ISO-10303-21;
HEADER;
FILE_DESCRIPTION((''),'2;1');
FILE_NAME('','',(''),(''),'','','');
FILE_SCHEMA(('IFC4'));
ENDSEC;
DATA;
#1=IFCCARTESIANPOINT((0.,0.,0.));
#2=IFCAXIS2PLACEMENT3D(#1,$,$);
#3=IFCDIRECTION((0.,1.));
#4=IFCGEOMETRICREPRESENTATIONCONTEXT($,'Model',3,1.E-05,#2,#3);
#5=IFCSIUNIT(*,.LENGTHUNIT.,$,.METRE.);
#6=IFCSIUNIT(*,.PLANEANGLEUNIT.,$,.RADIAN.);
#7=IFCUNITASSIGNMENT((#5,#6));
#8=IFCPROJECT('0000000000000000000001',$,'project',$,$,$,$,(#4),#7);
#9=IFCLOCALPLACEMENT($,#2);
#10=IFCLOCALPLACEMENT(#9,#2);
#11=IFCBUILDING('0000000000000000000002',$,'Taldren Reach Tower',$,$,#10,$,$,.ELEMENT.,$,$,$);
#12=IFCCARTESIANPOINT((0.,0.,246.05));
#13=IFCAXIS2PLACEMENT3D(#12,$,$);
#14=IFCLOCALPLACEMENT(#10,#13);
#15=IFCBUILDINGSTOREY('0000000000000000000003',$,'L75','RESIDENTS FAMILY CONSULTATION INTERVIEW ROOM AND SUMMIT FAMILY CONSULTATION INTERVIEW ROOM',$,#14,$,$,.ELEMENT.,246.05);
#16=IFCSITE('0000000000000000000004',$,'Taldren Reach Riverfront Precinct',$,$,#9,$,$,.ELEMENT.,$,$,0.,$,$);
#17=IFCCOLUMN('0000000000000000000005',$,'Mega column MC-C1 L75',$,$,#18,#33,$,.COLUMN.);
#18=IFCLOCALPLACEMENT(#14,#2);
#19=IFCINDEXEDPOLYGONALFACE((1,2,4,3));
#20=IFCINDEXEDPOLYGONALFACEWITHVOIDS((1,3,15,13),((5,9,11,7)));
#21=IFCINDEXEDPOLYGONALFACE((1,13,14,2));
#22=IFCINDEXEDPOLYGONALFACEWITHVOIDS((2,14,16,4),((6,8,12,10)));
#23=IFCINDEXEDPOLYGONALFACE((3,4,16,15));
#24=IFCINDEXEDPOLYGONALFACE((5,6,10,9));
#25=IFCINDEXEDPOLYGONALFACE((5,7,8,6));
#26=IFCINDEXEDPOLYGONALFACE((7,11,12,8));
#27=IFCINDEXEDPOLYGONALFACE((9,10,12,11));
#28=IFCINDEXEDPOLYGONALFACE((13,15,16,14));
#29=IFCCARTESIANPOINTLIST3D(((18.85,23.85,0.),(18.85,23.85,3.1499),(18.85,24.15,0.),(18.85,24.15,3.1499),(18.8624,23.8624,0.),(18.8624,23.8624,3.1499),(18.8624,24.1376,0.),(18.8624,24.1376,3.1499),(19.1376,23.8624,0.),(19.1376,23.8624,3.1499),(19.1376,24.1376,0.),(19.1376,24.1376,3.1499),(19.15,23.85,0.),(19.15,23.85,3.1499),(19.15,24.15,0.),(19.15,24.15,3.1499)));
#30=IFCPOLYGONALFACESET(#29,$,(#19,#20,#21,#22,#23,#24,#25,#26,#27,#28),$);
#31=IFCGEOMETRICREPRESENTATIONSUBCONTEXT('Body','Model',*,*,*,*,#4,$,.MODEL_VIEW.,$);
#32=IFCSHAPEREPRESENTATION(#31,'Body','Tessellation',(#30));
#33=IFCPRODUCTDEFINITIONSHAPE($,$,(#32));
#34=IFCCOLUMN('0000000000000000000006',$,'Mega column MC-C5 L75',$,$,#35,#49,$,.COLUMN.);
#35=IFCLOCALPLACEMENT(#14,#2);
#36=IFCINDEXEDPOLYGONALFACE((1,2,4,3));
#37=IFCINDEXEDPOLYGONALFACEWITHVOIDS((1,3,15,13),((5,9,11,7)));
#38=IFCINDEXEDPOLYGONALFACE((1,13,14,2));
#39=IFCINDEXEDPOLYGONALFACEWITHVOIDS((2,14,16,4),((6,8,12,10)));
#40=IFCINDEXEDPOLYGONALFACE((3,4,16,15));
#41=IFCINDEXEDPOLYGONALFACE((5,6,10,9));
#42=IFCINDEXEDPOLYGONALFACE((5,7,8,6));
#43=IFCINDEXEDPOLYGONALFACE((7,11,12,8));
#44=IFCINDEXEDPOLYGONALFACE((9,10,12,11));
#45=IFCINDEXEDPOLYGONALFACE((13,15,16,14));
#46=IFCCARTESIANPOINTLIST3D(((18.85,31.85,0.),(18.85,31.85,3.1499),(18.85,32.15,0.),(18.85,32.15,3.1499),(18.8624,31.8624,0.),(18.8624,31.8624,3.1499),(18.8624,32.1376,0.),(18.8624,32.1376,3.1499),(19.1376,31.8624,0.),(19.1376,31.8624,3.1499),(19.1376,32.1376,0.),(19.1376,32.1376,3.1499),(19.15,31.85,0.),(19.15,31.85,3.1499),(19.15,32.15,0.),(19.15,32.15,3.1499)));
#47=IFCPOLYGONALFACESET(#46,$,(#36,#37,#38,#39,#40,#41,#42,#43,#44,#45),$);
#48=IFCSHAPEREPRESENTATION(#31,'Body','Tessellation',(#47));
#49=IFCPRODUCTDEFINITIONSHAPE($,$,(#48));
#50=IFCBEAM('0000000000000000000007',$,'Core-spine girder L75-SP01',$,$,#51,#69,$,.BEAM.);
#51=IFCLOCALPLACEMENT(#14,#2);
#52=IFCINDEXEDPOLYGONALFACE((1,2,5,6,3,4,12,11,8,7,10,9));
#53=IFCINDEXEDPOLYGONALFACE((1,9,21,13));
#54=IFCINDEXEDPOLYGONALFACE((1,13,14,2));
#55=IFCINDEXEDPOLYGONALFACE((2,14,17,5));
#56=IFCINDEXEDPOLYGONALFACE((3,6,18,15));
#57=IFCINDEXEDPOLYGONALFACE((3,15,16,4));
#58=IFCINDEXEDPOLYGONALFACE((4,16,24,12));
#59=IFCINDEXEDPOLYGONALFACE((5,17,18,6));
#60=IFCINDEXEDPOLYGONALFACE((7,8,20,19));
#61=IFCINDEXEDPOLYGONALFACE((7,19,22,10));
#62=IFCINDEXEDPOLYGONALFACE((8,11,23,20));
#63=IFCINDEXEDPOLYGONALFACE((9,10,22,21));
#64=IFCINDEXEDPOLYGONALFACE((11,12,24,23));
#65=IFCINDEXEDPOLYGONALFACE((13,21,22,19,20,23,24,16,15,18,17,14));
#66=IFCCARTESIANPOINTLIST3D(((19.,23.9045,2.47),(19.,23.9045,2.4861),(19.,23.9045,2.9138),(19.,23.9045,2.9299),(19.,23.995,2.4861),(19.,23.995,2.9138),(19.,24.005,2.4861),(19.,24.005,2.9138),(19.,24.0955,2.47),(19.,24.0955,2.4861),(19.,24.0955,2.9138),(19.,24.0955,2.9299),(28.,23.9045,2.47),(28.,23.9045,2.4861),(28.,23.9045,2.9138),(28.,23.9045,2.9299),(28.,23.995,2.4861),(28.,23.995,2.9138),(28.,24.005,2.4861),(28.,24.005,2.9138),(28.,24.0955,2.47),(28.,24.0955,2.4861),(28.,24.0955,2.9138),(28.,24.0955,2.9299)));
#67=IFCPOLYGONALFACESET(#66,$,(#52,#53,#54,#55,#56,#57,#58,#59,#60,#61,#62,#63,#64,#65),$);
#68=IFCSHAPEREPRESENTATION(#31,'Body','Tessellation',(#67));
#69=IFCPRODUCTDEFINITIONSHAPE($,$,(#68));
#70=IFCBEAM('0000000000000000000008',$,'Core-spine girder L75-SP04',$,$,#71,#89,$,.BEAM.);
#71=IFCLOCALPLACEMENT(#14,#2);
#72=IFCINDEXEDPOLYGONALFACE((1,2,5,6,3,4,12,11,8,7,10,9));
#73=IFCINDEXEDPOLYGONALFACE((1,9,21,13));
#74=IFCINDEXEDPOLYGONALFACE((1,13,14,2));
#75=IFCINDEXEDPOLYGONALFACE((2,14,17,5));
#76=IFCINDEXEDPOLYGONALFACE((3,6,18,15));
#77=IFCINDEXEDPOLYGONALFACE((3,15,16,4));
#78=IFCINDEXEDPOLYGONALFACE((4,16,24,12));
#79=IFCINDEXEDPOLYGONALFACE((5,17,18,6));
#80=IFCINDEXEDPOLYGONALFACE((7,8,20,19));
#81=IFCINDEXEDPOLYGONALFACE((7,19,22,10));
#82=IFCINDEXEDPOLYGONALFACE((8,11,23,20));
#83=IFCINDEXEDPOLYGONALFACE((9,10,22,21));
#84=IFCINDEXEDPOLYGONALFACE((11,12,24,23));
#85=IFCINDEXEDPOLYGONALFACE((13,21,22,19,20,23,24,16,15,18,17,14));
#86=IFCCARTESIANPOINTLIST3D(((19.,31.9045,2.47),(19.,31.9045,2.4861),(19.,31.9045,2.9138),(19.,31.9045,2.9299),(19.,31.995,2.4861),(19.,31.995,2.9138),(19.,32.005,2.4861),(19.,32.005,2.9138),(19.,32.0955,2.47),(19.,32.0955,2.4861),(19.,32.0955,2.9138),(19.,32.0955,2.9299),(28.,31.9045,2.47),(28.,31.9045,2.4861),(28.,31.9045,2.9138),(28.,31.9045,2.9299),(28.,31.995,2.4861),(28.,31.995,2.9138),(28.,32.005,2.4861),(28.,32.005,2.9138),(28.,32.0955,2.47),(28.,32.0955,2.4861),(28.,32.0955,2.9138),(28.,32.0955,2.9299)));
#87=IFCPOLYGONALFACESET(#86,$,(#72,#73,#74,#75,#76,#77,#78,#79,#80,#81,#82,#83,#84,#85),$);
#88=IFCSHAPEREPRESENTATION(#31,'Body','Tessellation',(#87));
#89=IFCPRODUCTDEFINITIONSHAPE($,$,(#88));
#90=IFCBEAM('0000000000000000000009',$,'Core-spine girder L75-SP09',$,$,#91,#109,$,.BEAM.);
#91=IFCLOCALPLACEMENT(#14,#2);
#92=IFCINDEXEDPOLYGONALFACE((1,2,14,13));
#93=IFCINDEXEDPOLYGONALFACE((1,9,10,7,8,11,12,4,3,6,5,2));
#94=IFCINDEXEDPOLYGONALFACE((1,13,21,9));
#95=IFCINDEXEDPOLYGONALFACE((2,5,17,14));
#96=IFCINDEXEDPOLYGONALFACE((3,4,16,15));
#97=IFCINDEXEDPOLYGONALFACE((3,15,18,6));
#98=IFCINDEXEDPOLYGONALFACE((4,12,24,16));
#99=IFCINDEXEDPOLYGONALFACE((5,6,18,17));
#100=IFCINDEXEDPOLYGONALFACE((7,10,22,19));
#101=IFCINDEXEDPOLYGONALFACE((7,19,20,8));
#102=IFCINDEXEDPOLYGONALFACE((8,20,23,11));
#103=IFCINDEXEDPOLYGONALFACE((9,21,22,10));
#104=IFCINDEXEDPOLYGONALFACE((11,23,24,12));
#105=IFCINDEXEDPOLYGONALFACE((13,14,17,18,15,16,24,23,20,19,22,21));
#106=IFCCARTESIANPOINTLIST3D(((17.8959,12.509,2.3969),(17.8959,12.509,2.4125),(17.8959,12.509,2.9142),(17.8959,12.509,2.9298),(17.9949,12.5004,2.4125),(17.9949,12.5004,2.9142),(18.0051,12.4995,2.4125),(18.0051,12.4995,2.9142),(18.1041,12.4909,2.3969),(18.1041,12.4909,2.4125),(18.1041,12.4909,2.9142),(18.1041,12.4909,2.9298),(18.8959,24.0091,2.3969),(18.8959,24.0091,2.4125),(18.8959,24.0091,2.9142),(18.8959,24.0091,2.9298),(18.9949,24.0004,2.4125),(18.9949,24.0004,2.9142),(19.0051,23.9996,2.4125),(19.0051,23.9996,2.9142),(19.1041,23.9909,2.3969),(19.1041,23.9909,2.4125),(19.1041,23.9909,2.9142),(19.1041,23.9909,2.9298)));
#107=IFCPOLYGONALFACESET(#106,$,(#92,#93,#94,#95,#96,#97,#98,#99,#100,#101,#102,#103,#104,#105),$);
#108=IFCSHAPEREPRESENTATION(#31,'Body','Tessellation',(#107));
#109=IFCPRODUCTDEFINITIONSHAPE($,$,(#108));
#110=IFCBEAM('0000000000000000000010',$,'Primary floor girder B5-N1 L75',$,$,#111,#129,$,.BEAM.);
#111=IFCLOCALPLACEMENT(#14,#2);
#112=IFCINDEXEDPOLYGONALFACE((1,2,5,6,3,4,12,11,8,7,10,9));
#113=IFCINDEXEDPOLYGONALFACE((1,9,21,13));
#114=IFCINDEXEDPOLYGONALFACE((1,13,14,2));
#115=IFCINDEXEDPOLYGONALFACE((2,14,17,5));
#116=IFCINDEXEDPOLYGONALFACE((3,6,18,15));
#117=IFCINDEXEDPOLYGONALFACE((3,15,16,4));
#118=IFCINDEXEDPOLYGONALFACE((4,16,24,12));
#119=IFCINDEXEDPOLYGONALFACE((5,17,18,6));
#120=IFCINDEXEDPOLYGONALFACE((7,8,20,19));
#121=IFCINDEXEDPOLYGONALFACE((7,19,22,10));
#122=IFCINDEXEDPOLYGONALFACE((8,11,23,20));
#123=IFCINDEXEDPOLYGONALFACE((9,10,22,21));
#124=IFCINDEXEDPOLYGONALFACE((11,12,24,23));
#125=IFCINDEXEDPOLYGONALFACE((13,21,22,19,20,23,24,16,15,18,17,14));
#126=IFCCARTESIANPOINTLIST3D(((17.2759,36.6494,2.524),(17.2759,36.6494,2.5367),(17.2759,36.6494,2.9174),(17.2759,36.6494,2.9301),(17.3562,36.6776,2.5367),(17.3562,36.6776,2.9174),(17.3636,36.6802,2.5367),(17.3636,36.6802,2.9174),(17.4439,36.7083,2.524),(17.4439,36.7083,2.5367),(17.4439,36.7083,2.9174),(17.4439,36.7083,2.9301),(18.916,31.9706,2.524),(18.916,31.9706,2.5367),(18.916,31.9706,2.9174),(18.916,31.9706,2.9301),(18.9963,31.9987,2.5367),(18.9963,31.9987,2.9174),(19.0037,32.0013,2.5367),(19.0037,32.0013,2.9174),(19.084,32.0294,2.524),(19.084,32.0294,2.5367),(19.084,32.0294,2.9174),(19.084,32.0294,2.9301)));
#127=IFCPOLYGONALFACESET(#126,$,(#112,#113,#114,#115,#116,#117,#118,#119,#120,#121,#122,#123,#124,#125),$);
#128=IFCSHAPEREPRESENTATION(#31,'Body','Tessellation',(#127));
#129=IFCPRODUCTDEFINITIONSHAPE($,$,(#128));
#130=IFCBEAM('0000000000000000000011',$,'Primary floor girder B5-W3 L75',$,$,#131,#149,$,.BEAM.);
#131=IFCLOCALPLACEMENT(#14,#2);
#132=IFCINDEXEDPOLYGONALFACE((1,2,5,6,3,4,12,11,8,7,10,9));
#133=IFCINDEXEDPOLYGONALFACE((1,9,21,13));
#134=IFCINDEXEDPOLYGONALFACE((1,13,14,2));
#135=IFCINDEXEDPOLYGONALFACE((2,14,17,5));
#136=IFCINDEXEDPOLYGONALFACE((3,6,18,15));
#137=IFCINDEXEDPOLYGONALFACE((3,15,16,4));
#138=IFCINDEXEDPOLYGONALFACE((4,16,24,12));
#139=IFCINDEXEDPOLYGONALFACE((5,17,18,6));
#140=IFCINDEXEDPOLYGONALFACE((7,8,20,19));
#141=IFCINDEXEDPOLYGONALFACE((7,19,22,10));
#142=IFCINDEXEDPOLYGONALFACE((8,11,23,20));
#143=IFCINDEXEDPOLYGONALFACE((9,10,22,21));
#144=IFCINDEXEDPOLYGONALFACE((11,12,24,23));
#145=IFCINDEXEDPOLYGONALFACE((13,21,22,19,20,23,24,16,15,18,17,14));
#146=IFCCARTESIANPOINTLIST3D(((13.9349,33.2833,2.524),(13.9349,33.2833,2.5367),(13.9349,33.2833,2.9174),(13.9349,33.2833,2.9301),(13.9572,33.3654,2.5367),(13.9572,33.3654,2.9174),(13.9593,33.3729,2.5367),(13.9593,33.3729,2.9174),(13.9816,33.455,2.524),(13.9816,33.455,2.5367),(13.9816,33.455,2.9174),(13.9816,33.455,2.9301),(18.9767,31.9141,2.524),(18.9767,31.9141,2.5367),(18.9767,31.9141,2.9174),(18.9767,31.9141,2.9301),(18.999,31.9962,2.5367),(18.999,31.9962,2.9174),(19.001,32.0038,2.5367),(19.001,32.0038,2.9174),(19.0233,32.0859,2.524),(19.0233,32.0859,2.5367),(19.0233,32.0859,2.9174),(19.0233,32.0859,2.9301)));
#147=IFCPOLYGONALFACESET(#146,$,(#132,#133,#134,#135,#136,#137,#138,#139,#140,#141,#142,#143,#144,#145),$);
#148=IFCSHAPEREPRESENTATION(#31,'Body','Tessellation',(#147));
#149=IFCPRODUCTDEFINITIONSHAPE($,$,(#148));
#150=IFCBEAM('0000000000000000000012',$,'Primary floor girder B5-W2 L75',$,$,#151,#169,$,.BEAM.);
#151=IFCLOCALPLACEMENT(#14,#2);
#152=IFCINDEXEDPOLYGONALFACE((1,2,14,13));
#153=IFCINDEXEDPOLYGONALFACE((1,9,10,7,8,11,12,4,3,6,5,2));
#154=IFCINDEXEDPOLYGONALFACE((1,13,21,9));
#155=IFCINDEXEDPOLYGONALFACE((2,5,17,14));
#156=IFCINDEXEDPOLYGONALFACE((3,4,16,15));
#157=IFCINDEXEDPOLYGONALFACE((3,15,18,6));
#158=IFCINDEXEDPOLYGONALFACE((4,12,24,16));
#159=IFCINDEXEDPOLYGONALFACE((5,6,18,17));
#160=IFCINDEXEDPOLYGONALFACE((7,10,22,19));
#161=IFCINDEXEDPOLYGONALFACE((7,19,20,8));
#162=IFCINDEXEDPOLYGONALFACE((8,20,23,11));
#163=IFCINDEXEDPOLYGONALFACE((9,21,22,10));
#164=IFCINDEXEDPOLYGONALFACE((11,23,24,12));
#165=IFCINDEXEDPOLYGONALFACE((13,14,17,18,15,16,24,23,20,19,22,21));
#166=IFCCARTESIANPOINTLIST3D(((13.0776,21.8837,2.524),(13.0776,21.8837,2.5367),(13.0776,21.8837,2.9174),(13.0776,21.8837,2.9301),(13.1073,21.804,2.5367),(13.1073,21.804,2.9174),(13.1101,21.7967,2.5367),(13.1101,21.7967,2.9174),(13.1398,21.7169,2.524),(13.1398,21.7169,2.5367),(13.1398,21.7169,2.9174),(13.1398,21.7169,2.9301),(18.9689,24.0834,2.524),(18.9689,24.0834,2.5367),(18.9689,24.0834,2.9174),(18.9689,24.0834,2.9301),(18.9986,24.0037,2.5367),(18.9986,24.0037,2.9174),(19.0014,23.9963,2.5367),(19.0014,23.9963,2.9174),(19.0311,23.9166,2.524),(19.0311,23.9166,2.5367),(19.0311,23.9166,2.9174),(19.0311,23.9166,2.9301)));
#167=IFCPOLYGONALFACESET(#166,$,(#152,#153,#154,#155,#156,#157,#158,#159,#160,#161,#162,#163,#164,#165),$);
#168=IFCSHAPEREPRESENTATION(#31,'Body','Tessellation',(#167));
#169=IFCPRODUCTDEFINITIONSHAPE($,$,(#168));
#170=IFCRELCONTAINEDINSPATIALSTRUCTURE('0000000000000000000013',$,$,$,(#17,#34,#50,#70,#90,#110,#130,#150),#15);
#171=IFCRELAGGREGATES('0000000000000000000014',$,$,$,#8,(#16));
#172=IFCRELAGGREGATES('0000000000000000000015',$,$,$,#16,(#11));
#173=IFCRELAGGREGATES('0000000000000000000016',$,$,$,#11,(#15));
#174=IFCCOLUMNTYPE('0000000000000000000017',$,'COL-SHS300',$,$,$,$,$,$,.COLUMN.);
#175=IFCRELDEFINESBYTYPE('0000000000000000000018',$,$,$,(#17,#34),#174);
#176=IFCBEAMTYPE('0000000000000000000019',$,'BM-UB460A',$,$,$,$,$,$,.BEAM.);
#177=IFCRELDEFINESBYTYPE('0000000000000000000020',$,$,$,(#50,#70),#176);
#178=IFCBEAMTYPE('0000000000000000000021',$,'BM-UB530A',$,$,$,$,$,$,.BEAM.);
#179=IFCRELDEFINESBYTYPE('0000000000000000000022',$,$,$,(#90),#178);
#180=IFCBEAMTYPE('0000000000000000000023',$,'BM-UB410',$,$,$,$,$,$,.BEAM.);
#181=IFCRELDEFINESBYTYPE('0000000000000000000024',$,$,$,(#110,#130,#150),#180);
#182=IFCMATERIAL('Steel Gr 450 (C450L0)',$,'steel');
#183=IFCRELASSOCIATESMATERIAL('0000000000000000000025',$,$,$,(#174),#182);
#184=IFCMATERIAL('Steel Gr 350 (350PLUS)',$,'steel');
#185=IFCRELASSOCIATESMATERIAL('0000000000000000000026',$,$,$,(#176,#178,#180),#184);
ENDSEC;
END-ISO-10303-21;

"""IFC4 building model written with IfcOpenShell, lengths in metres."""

from ifc_helpers import new_model, si_unit, direction, frame, origin, origin_2d, place, context, subcontext, project, spatial, hollow_rectangle, i_section, extrude, source, transform, mapped, material, material_profile, profile_set, type_object, element, save


model = new_model("IFC4")

# Units and contexts
model_context = context("Model", 3, precision=1e-05, world=origin(), true_north=direction((0.0, 1.0)))
body_context = subcontext(model_context, "Body", "Model", "MODEL_VIEW")
ifc_project = project(units=[si_unit("LENGTHUNIT", "METRE"), si_unit("PLANEANGLEUNIT", "RADIAN")], contexts=[model_context])

# Site, building, storey
site_placement = place(None, origin())
site = spatial("IfcSite", under=ifc_project, at=site_placement, Name="Taldren Reach Riverfront Precinct", CompositionType="ELEMENT", RefElevation=0.0)
building_placement = place(site_placement, origin())
building = spatial("IfcBuilding", under=site, at=building_placement, Name="Taldren Reach Tower", CompositionType="ELEMENT")
storey_placement = place(building_placement, frame((0.0, 0.0, 246.05)))
storey = spatial("IfcBuildingStorey", under=building, at=storey_placement, Name="L75", Description="RESIDENTS FAMILY CONSULTATION INTERVIEW ROOM AND SUMMIT FAMILY CONSULTATION INTERVIEW ROOM", CompositionType="ELEMENT", Elevation=246.05)

# Columns
ifc_material_1 = material(Name="Steel Gr 450 (C450L0)", Category="steel")
ifc_material_profile_1 = material_profile(ifc_material_1, hollow_rectangle(XDim=0.3, YDim=0.3, WallThickness=0.0125, at=origin_2d()), Name="300x300x12.5SHS")
ifc_profile_set_1 = profile_set([ifc_material_profile_1], Name="Steel Gr 450 (C450L0)")
column_type = type_object("IfcColumnType", Name="COL-SHS300", PredefinedType="COLUMN", material=ifc_profile_set_1)
shared_shape_1 = source(origin(), body_context, "Body", "SweptSolid", [
    extrude(hollow_rectangle(XDim=0.3, YDim=0.3, WallThickness=0.0125, at=origin_2d()), origin(), (0.0, 0.0, 1.0), 3.1499),
])
for number, where, z_axis, x_axis, name in (
    (1, (19.0, 24.0, 0.0), (0.0, 0.0, 1.0), (1.0, 0.0, 0.0), "Mega column MC-C1 L75"),
    (2, (19.0, 32.0, 0.0), (0.0, 0.0, 1.0), (1.0, 0.0, 0.0), "Mega column MC-C5 L75"),
):
    element("IfcColumn", number, at=place(storey_placement, frame(where, z_axis=z_axis, x_axis=x_axis)), inside=storey, type_object=column_type, Name=name, PredefinedType="COLUMN", context=body_context, shape_type="MappedRepresentation", body=[
        mapped(shared_shape_1, transform((0.0, 0.0, 0.0), scale=1.0)),
    ])

# Beams
ifc_material_2 = material(Name="Steel Gr 350 (350PLUS)", Category="steel")
ifc_material_profile_2 = material_profile(ifc_material_2, i_section(OverallWidth=0.1909, OverallDepth=0.46, WebThickness=0.01, FlangeThickness=0.0161, at=origin_2d()), Name="460UB82.1")
ifc_profile_set_2 = profile_set([ifc_material_profile_2], Name="Steel Gr 350 (350PLUS)")
beam_type_1 = type_object("IfcBeamType", Name="BM-UB460A", PredefinedType="BEAM", material=ifc_profile_set_2)
shared_shape_2 = source(origin(), body_context, "Body", "SweptSolid", [
    extrude(i_section(OverallWidth=0.1909, OverallDepth=0.46, WebThickness=0.01, FlangeThickness=0.0161, at=origin_2d()), origin(), (0.0, 0.0, 1.0), 9.0),
])
for number, where, z_axis, x_axis, name in (
    (3, (19.0, 24.0, 2.7), (1.0, 0.0, 0.0), (0.0, 1.0, 0.0), "Core-spine girder L75-SP01"),
    (4, (19.0, 32.0, 2.7), (1.0, 0.0, 0.0), (0.0, 1.0, 0.0), "Core-spine girder L75-SP04"),
):
    element("IfcBeam", number, at=place(storey_placement, frame(where, z_axis=z_axis, x_axis=x_axis)), inside=storey, type_object=beam_type_1, Name=name, PredefinedType="BEAM", context=body_context, shape_type="MappedRepresentation", body=[
        mapped(shared_shape_2, transform((0.0, 0.0, 0.0), scale=1.0)),
    ])
ifc_material_profile_3 = material_profile(ifc_material_2, i_section(OverallWidth=0.209, OverallDepth=0.533, WebThickness=0.0103, FlangeThickness=0.0156, at=origin_2d()), Name="530UB92.4")
ifc_profile_set_3 = profile_set([ifc_material_profile_3], Name="Steel Gr 350 (350PLUS)")
beam_type_2 = type_object("IfcBeamType", Name="BM-UB530A", PredefinedType="BEAM", material=ifc_profile_set_3)
shared_shape_3 = source(origin(), body_context, "Body", "SweptSolid", [
    extrude(i_section(OverallWidth=0.209, OverallDepth=0.533, WebThickness=0.0103, FlangeThickness=0.0156, at=origin_2d()), origin(), (0.0, 0.0, 1.0), 11.5435),
])
beam_1_placement = place(storey_placement, frame((19.0, 24.0, 2.6633), z_axis=(-0.08663, -0.996241, 0.0), x_axis=(0.996241, -0.08663, 0.0)))
element("IfcBeam", 5, at=beam_1_placement, inside=storey, type_object=beam_type_2, Name="Core-spine girder L75-SP09", PredefinedType="BEAM", context=body_context, shape_type="MappedRepresentation", body=[
    mapped(shared_shape_3, transform((0.0, 0.0, 0.0), scale=1.0)),
])
ifc_material_profile_4 = material_profile(ifc_material_2, i_section(OverallWidth=0.178, OverallDepth=0.406, WebThickness=0.0078, FlangeThickness=0.0127, at=origin_2d()), Name="410UB59.7")
ifc_profile_set_4 = profile_set([ifc_material_profile_4], Name="Steel Gr 350 (350PLUS)")
beam_type_3 = type_object("IfcBeamType", Name="BM-UB410", PredefinedType="BEAM", material=ifc_profile_set_4)
shared_shape_4 = source(origin(), body_context, "Body", "SweptSolid", [
    extrude(i_section(OverallWidth=0.178, OverallDepth=0.406, WebThickness=0.0078, FlangeThickness=0.0127, at=origin_2d()), origin(), (0.0, 0.0, 1.0), 4.958),
])
beam_2_placement = place(storey_placement, frame((19.0, 32.0, 2.7271), z_axis=(-0.3308, 0.943701, 0.0), x_axis=(-0.943701, -0.3308, 0.0)))
element("IfcBeam", 6, at=beam_2_placement, inside=storey, type_object=beam_type_3, Name="Primary floor girder B5-N1 L75", PredefinedType="BEAM", context=body_context, shape_type="MappedRepresentation", body=[
    mapped(shared_shape_4, transform((0.0, 0.0, 0.0), scale=1.0)),
])
shared_shape_5 = source(origin(), body_context, "Body", "SweptSolid", [
    extrude(i_section(OverallWidth=0.178, OverallDepth=0.406, WebThickness=0.0078, FlangeThickness=0.0127, at=origin_2d()), origin(), (0.0, 0.0, 1.0), 5.2244),
])
beam_3_placement = place(storey_placement, frame((19.0, 32.0, 2.7271), z_axis=(-0.965049, 0.262069, 0.0), x_axis=(-0.262069, -0.965049, 0.0)))
element("IfcBeam", 7, at=beam_3_placement, inside=storey, type_object=beam_type_3, Name="Primary floor girder B5-W3 L75", PredefinedType="BEAM", context=body_context, shape_type="MappedRepresentation", body=[
    mapped(shared_shape_5, transform((0.0, 0.0, 0.0), scale=1.0)),
])
shared_shape_6 = source(origin(), body_context, "Body", "SweptSolid", [
    extrude(i_section(OverallWidth=0.178, OverallDepth=0.406, WebThickness=0.0078, FlangeThickness=0.0127, at=origin_2d()), origin(), (0.0, 0.0, 1.0), 6.2886),
])
beam_4_placement = place(storey_placement, frame((19.0, 24.0, 2.7271), z_axis=(-0.936828, -0.349791, 0.0), x_axis=(0.349791, -0.936828, 0.0)))
element("IfcBeam", 8, at=beam_4_placement, inside=storey, type_object=beam_type_3, Name="Primary floor girder B5-W2 L75", PredefinedType="BEAM", context=body_context, shape_type="MappedRepresentation", body=[
    mapped(shared_shape_6, transform((0.0, 0.0, 0.0), scale=1.0)),
])

save(model, "model.ifc")
